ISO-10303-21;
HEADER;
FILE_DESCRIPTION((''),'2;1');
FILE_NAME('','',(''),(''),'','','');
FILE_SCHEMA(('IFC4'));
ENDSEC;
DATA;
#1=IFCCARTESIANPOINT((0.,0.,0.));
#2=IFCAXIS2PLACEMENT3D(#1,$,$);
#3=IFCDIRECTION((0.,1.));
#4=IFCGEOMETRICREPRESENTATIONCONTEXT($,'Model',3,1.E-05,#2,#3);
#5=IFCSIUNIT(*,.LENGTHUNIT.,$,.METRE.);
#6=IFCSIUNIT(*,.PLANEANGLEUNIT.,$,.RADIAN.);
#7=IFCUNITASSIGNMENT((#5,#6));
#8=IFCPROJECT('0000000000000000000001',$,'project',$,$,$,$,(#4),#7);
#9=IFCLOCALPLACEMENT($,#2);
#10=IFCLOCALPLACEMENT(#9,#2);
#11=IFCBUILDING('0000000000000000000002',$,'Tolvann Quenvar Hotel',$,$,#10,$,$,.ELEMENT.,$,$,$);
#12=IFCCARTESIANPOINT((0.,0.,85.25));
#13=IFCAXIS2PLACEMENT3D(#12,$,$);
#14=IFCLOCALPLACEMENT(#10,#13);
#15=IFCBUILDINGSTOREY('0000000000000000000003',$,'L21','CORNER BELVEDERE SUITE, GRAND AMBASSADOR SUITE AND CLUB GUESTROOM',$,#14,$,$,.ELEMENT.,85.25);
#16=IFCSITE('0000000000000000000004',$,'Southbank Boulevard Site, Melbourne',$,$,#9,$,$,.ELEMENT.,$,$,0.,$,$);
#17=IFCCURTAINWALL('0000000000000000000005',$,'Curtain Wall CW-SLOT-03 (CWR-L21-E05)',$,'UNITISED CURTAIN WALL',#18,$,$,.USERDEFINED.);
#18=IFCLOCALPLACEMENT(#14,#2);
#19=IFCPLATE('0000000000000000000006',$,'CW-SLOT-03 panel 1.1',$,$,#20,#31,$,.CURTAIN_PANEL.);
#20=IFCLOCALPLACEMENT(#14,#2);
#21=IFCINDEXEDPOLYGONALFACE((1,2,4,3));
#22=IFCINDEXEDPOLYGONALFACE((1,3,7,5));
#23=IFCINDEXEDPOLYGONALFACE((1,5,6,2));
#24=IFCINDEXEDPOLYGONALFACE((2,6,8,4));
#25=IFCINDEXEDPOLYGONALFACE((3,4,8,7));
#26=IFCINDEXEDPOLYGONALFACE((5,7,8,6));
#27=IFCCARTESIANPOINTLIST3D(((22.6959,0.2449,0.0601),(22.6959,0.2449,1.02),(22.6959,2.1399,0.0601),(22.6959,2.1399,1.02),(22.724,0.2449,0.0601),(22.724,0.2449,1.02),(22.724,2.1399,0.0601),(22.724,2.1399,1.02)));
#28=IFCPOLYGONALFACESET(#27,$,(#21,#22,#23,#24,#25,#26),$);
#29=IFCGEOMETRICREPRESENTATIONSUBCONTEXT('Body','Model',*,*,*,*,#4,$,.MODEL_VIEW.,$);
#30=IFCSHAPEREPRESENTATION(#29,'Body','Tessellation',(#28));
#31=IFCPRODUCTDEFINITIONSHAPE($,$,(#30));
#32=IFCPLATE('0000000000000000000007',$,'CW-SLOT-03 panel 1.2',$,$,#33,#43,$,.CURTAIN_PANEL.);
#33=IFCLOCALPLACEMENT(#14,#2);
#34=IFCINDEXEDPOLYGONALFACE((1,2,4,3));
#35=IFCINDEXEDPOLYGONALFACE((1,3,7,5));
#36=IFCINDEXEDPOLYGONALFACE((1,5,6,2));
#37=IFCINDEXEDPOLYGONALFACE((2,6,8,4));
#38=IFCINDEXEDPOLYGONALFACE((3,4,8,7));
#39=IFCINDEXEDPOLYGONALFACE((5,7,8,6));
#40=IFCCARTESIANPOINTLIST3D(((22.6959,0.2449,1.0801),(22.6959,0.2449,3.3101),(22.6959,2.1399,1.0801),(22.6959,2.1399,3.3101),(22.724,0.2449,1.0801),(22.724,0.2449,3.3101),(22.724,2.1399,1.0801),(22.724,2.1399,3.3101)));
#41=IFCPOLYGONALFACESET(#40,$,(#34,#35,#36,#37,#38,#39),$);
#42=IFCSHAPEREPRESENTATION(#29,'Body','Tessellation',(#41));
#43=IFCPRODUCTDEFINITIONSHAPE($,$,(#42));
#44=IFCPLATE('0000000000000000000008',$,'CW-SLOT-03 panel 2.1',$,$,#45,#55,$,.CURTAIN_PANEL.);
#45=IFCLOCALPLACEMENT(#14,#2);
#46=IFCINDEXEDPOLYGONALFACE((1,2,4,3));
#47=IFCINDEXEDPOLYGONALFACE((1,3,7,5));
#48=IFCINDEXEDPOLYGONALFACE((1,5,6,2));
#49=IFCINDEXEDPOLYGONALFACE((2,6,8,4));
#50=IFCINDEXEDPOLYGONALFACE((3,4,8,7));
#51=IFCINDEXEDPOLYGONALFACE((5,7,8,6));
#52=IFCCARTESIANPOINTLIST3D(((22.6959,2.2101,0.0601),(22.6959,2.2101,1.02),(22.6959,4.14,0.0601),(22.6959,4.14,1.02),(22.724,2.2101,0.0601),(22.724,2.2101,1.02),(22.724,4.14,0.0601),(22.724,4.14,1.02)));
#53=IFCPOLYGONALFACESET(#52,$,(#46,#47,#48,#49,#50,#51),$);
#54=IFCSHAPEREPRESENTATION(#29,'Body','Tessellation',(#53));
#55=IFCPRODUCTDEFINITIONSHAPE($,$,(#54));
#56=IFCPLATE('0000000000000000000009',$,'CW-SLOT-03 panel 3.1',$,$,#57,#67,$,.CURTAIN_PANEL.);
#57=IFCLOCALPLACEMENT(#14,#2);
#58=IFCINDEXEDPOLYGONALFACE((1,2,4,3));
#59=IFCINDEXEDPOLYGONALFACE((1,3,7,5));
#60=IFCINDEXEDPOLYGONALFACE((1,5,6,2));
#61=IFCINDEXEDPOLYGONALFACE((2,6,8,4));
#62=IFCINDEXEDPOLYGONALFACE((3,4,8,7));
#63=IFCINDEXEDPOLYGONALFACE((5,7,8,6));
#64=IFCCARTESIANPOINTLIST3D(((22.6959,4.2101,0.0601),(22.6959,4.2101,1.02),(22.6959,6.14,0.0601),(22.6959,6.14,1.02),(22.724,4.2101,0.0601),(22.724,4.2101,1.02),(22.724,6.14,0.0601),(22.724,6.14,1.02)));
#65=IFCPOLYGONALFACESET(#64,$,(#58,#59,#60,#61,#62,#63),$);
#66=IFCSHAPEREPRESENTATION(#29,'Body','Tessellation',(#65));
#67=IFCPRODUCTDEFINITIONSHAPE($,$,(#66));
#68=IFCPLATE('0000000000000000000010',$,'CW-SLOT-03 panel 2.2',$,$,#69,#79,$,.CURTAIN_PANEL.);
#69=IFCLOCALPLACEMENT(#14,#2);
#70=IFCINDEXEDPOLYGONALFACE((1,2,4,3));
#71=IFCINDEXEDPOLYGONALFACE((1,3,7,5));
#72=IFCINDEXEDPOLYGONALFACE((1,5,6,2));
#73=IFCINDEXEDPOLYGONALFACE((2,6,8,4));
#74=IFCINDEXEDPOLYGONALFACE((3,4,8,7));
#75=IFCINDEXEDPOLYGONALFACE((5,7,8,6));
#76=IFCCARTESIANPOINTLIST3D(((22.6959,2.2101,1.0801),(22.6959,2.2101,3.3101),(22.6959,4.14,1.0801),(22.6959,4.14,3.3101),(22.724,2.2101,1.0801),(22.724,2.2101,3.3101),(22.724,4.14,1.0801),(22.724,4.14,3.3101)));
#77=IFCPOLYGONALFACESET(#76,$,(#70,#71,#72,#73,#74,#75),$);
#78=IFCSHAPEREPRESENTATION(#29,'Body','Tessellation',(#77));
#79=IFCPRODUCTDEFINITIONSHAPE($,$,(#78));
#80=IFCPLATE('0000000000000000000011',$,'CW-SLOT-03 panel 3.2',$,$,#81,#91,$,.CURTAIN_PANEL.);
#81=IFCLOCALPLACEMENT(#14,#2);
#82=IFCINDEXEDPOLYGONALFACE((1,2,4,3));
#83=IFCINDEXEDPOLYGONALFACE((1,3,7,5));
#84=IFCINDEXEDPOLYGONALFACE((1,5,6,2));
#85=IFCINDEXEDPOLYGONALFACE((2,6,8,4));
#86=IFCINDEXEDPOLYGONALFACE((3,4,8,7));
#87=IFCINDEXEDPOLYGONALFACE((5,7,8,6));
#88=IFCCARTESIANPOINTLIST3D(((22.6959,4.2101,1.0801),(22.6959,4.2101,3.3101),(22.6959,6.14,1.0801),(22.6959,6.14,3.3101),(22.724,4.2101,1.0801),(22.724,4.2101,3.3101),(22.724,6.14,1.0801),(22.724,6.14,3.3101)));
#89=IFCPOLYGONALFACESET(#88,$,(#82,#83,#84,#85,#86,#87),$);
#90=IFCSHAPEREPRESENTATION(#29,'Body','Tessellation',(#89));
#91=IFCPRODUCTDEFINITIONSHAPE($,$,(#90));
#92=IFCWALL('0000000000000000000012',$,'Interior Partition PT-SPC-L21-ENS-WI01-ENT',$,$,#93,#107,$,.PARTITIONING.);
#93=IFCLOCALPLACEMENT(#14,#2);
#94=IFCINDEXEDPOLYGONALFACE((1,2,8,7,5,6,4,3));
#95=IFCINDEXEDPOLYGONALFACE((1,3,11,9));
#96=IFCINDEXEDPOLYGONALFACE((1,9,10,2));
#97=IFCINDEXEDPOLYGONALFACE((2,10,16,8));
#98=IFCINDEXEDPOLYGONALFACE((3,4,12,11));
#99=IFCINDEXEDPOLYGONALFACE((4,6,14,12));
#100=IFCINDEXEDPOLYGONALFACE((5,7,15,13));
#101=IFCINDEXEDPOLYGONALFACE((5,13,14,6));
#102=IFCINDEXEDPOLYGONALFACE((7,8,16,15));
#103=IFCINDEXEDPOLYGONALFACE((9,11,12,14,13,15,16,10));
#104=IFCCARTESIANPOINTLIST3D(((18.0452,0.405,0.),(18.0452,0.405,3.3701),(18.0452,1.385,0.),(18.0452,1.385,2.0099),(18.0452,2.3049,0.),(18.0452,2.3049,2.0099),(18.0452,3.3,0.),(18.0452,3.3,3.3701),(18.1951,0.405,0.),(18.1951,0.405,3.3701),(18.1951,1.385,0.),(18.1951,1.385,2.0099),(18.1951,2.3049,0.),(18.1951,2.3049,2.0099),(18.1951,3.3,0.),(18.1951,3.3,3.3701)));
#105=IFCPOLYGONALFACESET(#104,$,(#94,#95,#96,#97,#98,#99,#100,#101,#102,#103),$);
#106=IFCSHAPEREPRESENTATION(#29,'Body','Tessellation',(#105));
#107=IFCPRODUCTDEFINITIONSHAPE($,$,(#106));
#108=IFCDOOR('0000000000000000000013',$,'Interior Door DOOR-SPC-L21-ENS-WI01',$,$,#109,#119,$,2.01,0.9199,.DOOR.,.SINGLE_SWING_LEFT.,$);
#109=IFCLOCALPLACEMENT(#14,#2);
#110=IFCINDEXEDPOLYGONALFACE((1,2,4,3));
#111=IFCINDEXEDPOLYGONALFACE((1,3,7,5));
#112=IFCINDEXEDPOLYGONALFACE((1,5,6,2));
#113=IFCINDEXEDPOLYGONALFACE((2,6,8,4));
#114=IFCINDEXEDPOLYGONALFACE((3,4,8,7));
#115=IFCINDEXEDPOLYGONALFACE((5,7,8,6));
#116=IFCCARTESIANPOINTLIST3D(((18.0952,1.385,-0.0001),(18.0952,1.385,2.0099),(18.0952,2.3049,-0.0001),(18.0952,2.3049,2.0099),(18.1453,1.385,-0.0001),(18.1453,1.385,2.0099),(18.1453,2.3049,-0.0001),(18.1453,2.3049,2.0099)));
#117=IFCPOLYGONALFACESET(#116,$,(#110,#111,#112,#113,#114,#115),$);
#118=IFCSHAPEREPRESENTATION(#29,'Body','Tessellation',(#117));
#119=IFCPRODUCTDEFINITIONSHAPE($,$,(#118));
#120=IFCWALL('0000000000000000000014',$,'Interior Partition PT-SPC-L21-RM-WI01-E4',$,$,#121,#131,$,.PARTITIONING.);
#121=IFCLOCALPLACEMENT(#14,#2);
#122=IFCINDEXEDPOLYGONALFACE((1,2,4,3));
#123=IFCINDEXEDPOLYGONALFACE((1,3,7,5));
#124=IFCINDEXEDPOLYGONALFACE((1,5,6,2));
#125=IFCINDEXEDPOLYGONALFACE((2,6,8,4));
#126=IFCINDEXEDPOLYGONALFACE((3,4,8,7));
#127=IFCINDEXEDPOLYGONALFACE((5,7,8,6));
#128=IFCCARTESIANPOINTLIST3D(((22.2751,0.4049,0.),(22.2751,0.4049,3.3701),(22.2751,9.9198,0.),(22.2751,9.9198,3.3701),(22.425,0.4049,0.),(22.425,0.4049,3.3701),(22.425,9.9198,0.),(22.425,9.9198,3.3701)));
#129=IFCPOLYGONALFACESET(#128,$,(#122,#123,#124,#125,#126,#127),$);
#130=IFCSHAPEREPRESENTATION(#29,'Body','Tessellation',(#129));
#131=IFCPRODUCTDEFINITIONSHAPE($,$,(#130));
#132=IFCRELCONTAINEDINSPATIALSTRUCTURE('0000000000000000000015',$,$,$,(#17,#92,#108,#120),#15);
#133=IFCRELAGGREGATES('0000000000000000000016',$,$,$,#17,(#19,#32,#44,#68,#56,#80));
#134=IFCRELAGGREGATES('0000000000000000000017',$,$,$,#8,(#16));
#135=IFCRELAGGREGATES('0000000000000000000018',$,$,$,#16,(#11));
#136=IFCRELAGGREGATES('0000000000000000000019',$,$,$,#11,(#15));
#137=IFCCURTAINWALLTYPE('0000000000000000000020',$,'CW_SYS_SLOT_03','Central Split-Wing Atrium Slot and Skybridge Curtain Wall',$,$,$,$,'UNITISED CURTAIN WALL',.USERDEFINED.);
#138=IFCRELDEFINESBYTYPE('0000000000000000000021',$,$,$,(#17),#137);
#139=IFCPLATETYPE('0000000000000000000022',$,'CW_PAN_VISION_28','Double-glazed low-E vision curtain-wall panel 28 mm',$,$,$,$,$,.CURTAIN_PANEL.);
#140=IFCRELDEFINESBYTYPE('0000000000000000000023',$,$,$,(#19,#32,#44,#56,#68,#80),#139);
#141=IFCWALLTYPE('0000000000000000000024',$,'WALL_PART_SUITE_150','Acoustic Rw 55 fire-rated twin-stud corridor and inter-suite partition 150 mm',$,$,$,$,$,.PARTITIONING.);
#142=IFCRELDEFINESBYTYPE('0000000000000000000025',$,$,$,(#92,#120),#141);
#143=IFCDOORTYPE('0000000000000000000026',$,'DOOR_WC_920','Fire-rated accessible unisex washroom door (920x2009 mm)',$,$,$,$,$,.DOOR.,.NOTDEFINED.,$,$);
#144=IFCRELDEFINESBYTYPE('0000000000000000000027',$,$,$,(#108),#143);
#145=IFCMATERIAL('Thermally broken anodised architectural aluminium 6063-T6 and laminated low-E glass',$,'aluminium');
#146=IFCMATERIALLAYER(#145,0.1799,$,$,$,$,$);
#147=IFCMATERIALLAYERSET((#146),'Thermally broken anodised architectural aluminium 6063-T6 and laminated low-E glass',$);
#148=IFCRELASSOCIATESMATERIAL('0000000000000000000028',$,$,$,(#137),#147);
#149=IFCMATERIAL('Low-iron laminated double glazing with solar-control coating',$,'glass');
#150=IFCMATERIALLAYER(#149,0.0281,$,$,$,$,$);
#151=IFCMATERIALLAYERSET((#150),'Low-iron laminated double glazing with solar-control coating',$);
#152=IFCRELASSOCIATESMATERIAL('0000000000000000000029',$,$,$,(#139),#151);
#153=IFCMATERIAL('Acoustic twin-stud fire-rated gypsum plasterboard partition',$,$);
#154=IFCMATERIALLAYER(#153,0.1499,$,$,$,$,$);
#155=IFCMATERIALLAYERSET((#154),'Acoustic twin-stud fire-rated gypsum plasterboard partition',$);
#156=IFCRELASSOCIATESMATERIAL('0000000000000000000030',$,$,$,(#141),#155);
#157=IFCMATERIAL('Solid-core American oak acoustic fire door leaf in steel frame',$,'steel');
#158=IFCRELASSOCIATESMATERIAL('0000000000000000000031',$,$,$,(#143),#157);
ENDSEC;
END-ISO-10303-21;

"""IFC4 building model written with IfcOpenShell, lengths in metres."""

from ifc_helpers import new_model, si_unit, direction, frame, frame_2d, origin, origin_2d, place, context, subcontext, project, spatial, rectangle, extrude, source, transform, mapped, material, layer, layer_set, type_object, type_shapes, element, fill, aggregate, save


model = new_model("IFC4")

# Units and contexts
model_context = context("Model", 3, precision=1e-05, world=origin(), true_north=direction((0.0, 1.0)))
body_context = subcontext(model_context, "Body", "Model", "MODEL_VIEW")
ifc_project = project(units=[si_unit("LENGTHUNIT", "METRE"), si_unit("PLANEANGLEUNIT", "RADIAN")], contexts=[model_context])

# Site, building, storey
site_placement = place(None, origin())
site = spatial("IfcSite", under=ifc_project, at=site_placement, Name="Southbank Boulevard Site, Melbourne", CompositionType="ELEMENT", RefElevation=0.0)
building_placement = place(site_placement, origin())
building = spatial("IfcBuilding", under=site, at=building_placement, Name="Tolvann Quenvar Hotel", CompositionType="ELEMENT")
storey_placement = place(building_placement, frame((0.0, 0.0, 85.25)))
storey = spatial("IfcBuildingStorey", under=building, at=storey_placement, Name="L21", Description="CORNER BELVEDERE SUITE, GRAND AMBASSADOR SUITE AND CLUB GUESTROOM", CompositionType="ELEMENT", Elevation=85.25)

# Curtain wall, plates
ifc_material_1 = material(Name="Thermally broken anodised architectural aluminium 6063-T6 and laminated low-E glass", Category="aluminium")
ifc_layer_1 = layer(ifc_material_1, 0.1799)
ifc_layer_set_1 = layer_set([ifc_layer_1], Name="Thermally broken anodised architectural aluminium 6063-T6 and laminated low-E glass")
curtain_wall_type = type_object("IfcCurtainWallType", Name="CW_SYS_SLOT_03", Description="Central Split-Wing Atrium Slot and Skybridge Curtain Wall", ElementType="UNITISED CURTAIN WALL", PredefinedType="USERDEFINED", material=ifc_layer_set_1)
curtain_wall_placement = place(storey_placement, origin())
curtain_wall = element("IfcCurtainWall", 1, at=curtain_wall_placement, inside=storey, type_object=curtain_wall_type, Name="Curtain Wall CW-SLOT-03 (CWR-L21-E05)", ObjectType="UNITISED CURTAIN WALL", PredefinedType="USERDEFINED")
ifc_material_2 = material(Name="Low-iron laminated double glazing with solar-control coating", Category="glass")
ifc_layer_2 = layer(ifc_material_2, 0.0281)
ifc_layer_set_2 = layer_set([ifc_layer_2], Name="Low-iron laminated double glazing with solar-control coating")
plate_type = type_object("IfcPlateType", Name="CW_PAN_VISION_28", Description="Double-glazed low-E vision curtain-wall panel 28 mm", PredefinedType="CURTAIN_PANEL", material=ifc_layer_set_2)
shared_shape_1 = source(origin(), body_context, "Body", "SweptSolid", [
    extrude(rectangle(XDim=1.895, YDim=0.0281, at=origin_2d()), origin(), (0.0, 0.0, 1.0), 0.96),
])
plate_1_placement = place(storey_placement, frame((22.71, 1.1924, 0.0601), z_axis=(0.0, 0.0, 1.0), x_axis=(0.0, 1.0, 0.0)))
plate_1 = element("IfcPlate", 2, at=plate_1_placement, type_object=plate_type, Name="CW-SLOT-03 panel 1.1", PredefinedType="CURTAIN_PANEL", context=body_context, shape_type="MappedRepresentation", body=[
    mapped(shared_shape_1, transform((0.0, 0.0, 0.0), x_axis=(1.0, 0.0, 0.0), y_axis=(0.0, 1.0, 0.0), z_axis=(0.0, 0.0, 1.0), scale=1.0)),
])
shared_shape_2 = source(origin(), body_context, "Body", "SweptSolid", [
    extrude(rectangle(XDim=1.895, YDim=0.0281, at=origin_2d()), origin(), (0.0, 0.0, 1.0), 2.23),
])
plate_2_placement = place(storey_placement, frame((22.71, 1.1924, 1.0801), z_axis=(0.0, 0.0, 1.0), x_axis=(0.0, 1.0, 0.0)))
plate_2 = element("IfcPlate", 3, at=plate_2_placement, type_object=plate_type, Name="CW-SLOT-03 panel 1.2", PredefinedType="CURTAIN_PANEL", context=body_context, shape_type="MappedRepresentation", body=[
    mapped(shared_shape_2, transform((0.0, 0.0, 0.0), x_axis=(1.0, 0.0, 0.0), y_axis=(0.0, 1.0, 0.0), z_axis=(0.0, 0.0, 1.0), scale=1.0)),
])
shared_shape_3 = source(origin(), body_context, "Body", "SweptSolid", [
    extrude(rectangle(XDim=1.9299, YDim=0.0281, at=origin_2d()), origin(), (0.0, 0.0, 1.0), 0.96),
])
plate_3_placement = place(storey_placement, frame((22.71, 3.175, 0.0601), z_axis=(0.0, 0.0, 1.0), x_axis=(0.0, 1.0, 0.0)))
plate_3 = element("IfcPlate", 4, at=plate_3_placement, type_object=plate_type, Name="CW-SLOT-03 panel 2.1", PredefinedType="CURTAIN_PANEL", context=body_context, shape_type="MappedRepresentation", body=[
    mapped(shared_shape_3, transform((0.0, 0.0, 0.0), x_axis=(1.0, 0.0, 0.0), y_axis=(0.0, 1.0, 0.0), z_axis=(0.0, 0.0, 1.0), scale=1.0)),
])
plate_4_placement = place(storey_placement, frame((22.71, 5.175, 0.0601), z_axis=(0.0, 0.0, 1.0), x_axis=(0.0, 1.0, 0.0)))
plate_4 = element("IfcPlate", 5, at=plate_4_placement, type_object=plate_type, Name="CW-SLOT-03 panel 3.1", PredefinedType="CURTAIN_PANEL", context=body_context, shape_type="MappedRepresentation", body=[
    mapped(shared_shape_3, transform((0.0, 0.0, 0.0), x_axis=(1.0, 0.0, 0.0), y_axis=(0.0, 1.0, 0.0), z_axis=(0.0, 0.0, 1.0), scale=1.0)),
])
shared_shape_4 = source(origin(), body_context, "Body", "SweptSolid", [
    extrude(rectangle(XDim=1.9299, YDim=0.0281, at=origin_2d()), origin(), (0.0, 0.0, 1.0), 2.23),
])
type_shapes(plate_type, [shared_shape_1, shared_shape_2, shared_shape_3, shared_shape_4])
plate_5_placement = place(storey_placement, frame((22.71, 3.175, 1.0801), z_axis=(0.0, 0.0, 1.0), x_axis=(0.0, 1.0, 0.0)))
plate_5 = element("IfcPlate", 6, at=plate_5_placement, type_object=plate_type, Name="CW-SLOT-03 panel 2.2", PredefinedType="CURTAIN_PANEL", context=body_context, shape_type="MappedRepresentation", body=[
    mapped(shared_shape_4, transform((0.0, 0.0, 0.0), x_axis=(1.0, 0.0, 0.0), y_axis=(0.0, 1.0, 0.0), z_axis=(0.0, 0.0, 1.0), scale=1.0)),
])
plate_6_placement = place(storey_placement, frame((22.71, 5.175, 1.0801), z_axis=(0.0, 0.0, 1.0), x_axis=(0.0, 1.0, 0.0)))
plate_6 = element("IfcPlate", 7, at=plate_6_placement, type_object=plate_type, Name="CW-SLOT-03 panel 3.2", PredefinedType="CURTAIN_PANEL", context=body_context, shape_type="MappedRepresentation", body=[
    mapped(shared_shape_4, transform((0.0, 0.0, 0.0), x_axis=(1.0, 0.0, 0.0), y_axis=(0.0, 1.0, 0.0), z_axis=(0.0, 0.0, 1.0), scale=1.0)),
])
aggregate(curtain_wall, [plate_1, plate_2, plate_3, plate_5, plate_4, plate_6])

# Wall, opening, door
ifc_material_3 = material(Name="Acoustic twin-stud fire-rated gypsum plasterboard partition")
ifc_layer_3 = layer(ifc_material_3, 0.1499)
ifc_layer_set_3 = layer_set([ifc_layer_3], Name="Acoustic twin-stud fire-rated gypsum plasterboard partition")
wall_type = type_object("IfcWallType", Name="WALL_PART_SUITE_150", Description="Acoustic Rw 55 fire-rated twin-stud corridor and inter-suite partition 150 mm", PredefinedType="PARTITIONING", material=ifc_layer_set_3)
wall_1_placement = place(storey_placement, frame((18.1201, 0.405, 0.0), z_axis=(0.0, 0.0, 1.0), x_axis=(0.0, 1.0, 0.0)))
wall_1 = element("IfcWall", 8, at=wall_1_placement, inside=storey, type_object=wall_type, Name="Interior Partition PT-SPC-L21-ENS-WI01-ENT", PredefinedType="PARTITIONING", context=body_context, shape_type="SweptSolid", body=[
    extrude(rectangle(XDim=2.895, YDim=0.1499, at=frame_2d((1.4475, 0.0))), origin(), (0.0, 0.0, 1.0), 3.3701),
])
opening_placement = place(wall_1_placement, frame((0.98, 0.0, 0.0)))
opening = element("IfcOpeningElement", 9, at=opening_placement, cuts=wall_1, PredefinedType="OPENING", context=body_context, shape_type="SweptSolid", body=[
    extrude(rectangle(XDim=0.9199, YDim=2.01, at=frame_2d((0.46, 1.0049))), frame((0.0, 0.085, 0.0), z_axis=(0.0, -1.0, 0.0), x_axis=(1.0, 0.0, 0.0)), (0.0, 0.0, 1.0), 0.1699),
])
ifc_material_4 = material(Name="Solid-core American oak acoustic fire door leaf in steel frame", Category="steel")
door_type = type_object("IfcDoorType", Name="DOOR_WC_920", Description="Fire-rated accessible unisex washroom door (920x2009 mm)", OperationType="NOTDEFINED", PredefinedType="DOOR", material=ifc_material_4)
shared_shape_5 = source(origin(), body_context, "Body", "SweptSolid", [
    extrude(rectangle(XDim=0.9199, YDim=2.01, at=frame_2d((0.46, 1.0049))), frame((0.0, 0.0249, 0.0), z_axis=(0.0, -1.0, 0.0), x_axis=(1.0, 0.0, 0.0)), (0.0, 0.0, 1.0), 0.05),
])
type_shapes(door_type, [shared_shape_5])
door_placement = place(opening_placement, origin())
door = element("IfcDoor", 10, at=door_placement, inside=storey, type_object=door_type, Name="Interior Door DOOR-SPC-L21-ENS-WI01", OperationType="SINGLE_SWING_LEFT", OverallHeight=2.01, OverallWidth=0.9199, PredefinedType="DOOR", context=body_context, shape_type="MappedRepresentation", body=[
    mapped(shared_shape_5, transform((0.0, 0.0, 0.0), x_axis=(1.0, 0.0, 0.0), y_axis=(0.0, 1.0, 0.0), z_axis=(0.0, 0.0, 1.0), scale=1.0)),
])
fill(opening, door)

# Wall
wall_2_placement = place(storey_placement, frame((22.3501, 0.405, 0.0), z_axis=(0.0, 0.0, 1.0), x_axis=(0.0, 1.0, 0.0)))
element("IfcWall", 11, at=wall_2_placement, inside=storey, type_object=wall_type, Name="Interior Partition PT-SPC-L21-RM-WI01-E4", PredefinedType="PARTITIONING", context=body_context, shape_type="SweptSolid", body=[
    extrude(rectangle(XDim=9.5149, YDim=0.1499, at=frame_2d((4.7573, 0.0))), origin(), (0.0, 0.0, 1.0), 3.3701),
])

save(model, "model.ifc")
